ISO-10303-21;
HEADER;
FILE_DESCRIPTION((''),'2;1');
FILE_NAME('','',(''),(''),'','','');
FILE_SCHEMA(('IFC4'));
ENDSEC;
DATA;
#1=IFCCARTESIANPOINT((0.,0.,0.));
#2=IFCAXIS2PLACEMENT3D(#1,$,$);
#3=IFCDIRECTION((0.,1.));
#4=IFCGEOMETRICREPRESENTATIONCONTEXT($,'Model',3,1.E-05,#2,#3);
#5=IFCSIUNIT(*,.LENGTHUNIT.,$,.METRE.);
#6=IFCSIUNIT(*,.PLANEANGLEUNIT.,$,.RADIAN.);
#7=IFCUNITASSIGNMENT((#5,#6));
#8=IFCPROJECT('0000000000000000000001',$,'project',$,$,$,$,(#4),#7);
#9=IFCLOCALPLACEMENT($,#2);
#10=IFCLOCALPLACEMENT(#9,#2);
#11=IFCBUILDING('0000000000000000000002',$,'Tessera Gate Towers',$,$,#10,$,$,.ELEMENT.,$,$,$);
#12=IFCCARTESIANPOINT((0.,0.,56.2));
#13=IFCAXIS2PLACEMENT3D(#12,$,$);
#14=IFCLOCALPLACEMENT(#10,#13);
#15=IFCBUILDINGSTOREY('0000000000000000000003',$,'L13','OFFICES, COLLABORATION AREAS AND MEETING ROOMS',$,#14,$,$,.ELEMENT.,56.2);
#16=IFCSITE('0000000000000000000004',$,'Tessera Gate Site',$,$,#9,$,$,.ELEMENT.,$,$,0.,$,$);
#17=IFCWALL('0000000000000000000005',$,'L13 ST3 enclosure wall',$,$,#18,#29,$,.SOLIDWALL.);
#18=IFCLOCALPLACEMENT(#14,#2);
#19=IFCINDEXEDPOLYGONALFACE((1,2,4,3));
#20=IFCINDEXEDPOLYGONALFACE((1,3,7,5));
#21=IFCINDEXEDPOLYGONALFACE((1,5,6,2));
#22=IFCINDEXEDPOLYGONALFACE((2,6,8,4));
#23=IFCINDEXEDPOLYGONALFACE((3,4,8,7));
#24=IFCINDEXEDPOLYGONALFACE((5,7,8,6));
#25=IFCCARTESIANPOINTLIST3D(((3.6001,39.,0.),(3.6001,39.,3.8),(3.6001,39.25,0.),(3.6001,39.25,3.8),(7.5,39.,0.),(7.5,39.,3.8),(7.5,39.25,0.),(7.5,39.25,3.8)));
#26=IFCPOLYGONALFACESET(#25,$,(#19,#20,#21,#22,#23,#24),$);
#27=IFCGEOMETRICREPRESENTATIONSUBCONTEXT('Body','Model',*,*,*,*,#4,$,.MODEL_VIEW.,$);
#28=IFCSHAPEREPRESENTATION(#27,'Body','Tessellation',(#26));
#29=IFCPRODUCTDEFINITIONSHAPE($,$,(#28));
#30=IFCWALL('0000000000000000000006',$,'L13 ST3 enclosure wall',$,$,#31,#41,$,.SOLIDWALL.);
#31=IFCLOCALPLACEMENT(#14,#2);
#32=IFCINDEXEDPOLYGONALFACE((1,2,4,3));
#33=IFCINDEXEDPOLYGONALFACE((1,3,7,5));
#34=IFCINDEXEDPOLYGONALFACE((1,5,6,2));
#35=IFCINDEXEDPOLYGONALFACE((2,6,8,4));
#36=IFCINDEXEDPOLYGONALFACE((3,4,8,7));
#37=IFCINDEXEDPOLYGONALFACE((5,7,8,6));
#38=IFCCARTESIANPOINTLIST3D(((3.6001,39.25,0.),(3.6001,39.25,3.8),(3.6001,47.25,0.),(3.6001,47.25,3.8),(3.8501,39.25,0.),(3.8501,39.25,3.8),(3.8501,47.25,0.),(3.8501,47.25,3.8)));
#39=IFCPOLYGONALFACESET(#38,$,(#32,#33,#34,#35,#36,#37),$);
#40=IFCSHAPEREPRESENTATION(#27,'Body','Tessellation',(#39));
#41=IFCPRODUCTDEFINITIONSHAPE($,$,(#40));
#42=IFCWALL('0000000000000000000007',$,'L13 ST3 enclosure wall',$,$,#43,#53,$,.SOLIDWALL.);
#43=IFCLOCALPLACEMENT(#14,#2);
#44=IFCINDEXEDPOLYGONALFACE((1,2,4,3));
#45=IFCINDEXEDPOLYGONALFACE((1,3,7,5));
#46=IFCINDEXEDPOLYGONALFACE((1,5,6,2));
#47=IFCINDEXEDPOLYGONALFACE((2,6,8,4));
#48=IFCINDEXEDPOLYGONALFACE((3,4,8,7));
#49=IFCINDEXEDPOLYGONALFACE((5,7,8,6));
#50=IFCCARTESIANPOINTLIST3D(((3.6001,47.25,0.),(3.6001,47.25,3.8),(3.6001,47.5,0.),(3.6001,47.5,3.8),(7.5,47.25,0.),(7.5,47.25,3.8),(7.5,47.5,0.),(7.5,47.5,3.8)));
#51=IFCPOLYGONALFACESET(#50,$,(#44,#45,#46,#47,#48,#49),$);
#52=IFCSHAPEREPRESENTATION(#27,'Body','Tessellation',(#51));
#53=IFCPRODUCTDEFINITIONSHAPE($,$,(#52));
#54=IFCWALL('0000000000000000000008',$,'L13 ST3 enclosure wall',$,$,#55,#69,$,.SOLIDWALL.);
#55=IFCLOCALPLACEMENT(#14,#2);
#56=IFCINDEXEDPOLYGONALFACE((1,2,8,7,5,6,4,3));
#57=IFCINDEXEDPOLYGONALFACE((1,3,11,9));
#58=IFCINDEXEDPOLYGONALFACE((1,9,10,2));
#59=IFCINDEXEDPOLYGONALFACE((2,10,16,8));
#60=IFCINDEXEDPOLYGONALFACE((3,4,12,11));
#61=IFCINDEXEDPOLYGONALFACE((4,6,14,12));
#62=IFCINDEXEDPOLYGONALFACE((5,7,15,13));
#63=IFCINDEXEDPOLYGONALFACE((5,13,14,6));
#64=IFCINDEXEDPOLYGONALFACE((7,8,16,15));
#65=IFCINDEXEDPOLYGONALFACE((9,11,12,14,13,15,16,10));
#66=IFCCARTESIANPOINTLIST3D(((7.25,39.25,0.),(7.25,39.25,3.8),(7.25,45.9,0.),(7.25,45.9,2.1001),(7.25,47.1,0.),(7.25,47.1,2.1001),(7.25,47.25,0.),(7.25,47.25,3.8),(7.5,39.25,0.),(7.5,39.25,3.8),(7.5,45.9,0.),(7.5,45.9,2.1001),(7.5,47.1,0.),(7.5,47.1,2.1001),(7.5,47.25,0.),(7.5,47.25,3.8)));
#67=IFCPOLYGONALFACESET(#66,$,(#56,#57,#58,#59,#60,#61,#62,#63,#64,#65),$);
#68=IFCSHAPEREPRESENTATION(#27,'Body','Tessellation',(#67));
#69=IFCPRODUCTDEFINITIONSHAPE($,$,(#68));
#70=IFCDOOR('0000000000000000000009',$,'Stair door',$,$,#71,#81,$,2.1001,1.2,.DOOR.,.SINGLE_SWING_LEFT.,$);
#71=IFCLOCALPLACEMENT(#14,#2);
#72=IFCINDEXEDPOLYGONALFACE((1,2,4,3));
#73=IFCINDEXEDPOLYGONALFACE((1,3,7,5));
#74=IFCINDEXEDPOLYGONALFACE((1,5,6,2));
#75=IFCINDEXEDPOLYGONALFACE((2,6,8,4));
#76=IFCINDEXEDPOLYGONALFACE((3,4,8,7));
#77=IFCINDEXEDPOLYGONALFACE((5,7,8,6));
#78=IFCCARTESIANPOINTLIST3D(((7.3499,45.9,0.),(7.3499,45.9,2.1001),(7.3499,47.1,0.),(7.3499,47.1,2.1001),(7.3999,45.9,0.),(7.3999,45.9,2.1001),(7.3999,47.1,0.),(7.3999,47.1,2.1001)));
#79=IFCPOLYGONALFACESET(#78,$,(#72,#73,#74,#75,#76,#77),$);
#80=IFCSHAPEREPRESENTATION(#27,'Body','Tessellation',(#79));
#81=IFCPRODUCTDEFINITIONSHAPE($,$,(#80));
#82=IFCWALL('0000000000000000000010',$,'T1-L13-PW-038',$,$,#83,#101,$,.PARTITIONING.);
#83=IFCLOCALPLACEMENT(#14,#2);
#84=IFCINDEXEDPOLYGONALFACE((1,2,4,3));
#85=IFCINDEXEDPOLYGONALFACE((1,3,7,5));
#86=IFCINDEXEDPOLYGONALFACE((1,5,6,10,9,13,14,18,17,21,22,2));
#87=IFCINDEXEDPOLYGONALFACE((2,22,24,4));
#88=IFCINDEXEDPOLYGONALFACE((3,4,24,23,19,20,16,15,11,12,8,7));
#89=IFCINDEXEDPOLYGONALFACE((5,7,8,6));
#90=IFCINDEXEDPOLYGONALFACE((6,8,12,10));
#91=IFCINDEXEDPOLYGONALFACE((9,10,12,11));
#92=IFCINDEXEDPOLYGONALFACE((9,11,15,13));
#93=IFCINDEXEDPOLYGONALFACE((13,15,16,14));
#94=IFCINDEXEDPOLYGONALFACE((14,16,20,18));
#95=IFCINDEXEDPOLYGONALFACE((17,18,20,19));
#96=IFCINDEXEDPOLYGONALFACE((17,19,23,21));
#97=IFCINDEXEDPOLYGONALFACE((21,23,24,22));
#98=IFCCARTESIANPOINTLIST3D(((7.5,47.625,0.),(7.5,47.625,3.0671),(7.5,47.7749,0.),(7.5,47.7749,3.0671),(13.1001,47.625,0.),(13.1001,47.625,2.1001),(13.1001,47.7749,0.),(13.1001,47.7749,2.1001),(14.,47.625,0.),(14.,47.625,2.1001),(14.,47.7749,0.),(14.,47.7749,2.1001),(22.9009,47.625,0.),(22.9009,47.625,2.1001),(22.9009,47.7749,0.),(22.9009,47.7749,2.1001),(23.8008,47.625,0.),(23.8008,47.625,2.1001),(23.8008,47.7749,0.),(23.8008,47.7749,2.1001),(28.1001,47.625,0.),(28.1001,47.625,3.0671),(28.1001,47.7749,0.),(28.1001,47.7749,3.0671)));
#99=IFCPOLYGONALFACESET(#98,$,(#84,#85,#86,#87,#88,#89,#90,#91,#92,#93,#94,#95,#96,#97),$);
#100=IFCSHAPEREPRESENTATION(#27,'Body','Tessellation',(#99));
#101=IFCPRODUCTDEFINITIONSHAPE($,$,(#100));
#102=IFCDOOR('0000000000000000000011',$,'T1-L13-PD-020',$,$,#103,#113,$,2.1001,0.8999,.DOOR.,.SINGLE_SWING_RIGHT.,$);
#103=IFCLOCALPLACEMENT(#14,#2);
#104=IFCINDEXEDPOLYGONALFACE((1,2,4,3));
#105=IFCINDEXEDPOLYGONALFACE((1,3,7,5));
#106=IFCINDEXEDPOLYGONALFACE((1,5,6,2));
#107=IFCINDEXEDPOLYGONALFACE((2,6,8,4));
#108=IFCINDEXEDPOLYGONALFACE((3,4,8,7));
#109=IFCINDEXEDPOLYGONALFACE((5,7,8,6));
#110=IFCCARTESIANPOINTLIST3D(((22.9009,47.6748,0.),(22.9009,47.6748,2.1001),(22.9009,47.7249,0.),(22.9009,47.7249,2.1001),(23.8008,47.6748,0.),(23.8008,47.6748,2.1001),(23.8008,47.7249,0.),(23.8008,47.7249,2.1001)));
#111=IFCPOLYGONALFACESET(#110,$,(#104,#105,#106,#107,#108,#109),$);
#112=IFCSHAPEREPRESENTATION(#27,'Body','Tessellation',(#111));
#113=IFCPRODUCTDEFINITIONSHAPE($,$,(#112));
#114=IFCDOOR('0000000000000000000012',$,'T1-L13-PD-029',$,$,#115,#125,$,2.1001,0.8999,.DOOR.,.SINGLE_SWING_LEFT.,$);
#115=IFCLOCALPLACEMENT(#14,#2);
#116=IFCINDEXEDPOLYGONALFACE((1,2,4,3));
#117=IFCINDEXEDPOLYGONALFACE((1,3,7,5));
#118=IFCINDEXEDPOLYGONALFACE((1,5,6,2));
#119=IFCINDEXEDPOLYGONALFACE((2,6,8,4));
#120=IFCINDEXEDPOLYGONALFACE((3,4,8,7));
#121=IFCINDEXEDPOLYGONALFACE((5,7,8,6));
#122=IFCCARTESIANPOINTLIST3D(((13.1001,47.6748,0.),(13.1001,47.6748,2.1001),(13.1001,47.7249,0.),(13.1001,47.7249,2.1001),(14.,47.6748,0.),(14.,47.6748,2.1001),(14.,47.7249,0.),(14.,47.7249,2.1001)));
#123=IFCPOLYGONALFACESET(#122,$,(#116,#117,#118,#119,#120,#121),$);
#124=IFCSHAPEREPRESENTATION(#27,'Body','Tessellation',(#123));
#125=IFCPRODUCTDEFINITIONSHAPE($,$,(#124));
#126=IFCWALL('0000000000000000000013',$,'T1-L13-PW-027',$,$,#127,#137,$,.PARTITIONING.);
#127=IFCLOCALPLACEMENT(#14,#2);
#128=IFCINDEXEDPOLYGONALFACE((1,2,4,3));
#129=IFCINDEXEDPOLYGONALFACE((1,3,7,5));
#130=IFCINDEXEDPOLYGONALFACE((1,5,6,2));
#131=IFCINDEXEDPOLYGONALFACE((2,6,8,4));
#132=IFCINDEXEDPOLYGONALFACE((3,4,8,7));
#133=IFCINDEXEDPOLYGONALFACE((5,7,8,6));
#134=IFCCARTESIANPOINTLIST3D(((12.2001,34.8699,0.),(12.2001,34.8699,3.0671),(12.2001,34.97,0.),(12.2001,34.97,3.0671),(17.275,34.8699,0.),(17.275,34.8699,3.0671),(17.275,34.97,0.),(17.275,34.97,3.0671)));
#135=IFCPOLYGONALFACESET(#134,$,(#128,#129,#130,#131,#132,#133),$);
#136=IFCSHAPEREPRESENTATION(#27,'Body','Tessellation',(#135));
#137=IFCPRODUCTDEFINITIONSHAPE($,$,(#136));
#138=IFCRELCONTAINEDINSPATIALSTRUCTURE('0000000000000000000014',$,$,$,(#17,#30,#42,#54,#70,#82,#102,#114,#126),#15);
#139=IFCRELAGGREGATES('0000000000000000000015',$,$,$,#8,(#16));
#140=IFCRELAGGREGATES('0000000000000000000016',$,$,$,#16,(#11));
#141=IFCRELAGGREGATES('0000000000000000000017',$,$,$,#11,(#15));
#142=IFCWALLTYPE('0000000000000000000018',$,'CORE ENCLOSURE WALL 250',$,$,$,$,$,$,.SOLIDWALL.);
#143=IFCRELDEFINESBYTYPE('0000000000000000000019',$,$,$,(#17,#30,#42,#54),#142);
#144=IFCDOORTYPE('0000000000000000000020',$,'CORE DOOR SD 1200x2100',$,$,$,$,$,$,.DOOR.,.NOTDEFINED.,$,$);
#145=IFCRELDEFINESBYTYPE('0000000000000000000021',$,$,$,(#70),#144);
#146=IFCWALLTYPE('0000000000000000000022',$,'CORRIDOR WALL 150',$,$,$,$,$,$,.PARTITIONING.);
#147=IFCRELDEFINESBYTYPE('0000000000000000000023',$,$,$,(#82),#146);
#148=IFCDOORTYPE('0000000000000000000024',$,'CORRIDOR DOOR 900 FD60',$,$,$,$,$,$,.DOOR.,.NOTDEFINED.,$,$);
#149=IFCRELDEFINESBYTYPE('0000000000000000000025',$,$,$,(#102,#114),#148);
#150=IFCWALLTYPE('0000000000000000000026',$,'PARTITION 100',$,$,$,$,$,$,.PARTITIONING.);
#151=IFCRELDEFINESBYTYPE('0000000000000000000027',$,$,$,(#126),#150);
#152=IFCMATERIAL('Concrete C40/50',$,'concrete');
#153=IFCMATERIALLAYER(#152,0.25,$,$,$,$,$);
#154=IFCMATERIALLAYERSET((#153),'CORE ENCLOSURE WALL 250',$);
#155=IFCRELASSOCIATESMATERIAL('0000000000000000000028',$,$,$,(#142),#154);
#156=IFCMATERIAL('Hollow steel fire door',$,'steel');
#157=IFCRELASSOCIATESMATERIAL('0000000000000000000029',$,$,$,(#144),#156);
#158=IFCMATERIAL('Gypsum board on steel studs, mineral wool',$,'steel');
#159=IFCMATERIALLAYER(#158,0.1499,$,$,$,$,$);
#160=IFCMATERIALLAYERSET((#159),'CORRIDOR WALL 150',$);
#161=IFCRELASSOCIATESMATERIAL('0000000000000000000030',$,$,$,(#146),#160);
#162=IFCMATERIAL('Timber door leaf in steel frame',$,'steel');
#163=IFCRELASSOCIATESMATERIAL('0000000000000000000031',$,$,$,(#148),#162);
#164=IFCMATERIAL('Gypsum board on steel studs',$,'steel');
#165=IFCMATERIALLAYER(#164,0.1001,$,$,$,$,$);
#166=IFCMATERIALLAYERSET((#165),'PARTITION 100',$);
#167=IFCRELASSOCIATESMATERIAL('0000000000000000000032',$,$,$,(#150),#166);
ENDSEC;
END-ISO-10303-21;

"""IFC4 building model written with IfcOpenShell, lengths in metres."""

from ifc_helpers import new_model, si_unit, direction, frame, frame_2d, origin, place, context, subcontext, project, spatial, rectangle, extrude, source, transform, mapped, material, layer, layer_set, type_object, element, fill, save


model = new_model("IFC4")

# Units and contexts
model_context = context("Model", 3, precision=1e-05, world=origin(), true_north=direction((0.0, 1.0)))
body_context = subcontext(model_context, "Body", "Model", "MODEL_VIEW")
ifc_project = project(units=[si_unit("LENGTHUNIT", "METRE"), si_unit("PLANEANGLEUNIT", "RADIAN")], contexts=[model_context])

# Site, building, storey
site_placement = place(None, origin())
site = spatial("IfcSite", under=ifc_project, at=site_placement, Name="Tessera Gate Site", CompositionType="ELEMENT", RefElevation=0.0)
building_placement = place(site_placement, origin())
building = spatial("IfcBuilding", under=site, at=building_placement, Name="Tessera Gate Towers", CompositionType="ELEMENT")
storey_placement = place(building_placement, frame((0.0, 0.0, 56.2)))
storey = spatial("IfcBuildingStorey", under=building, at=storey_placement, Name="L13", Description="OFFICES, COLLABORATION AREAS AND MEETING ROOMS", CompositionType="ELEMENT", Elevation=56.2)

# Walls
ifc_material_1 = material(Name="Concrete C40/50", Category="concrete")
ifc_layer_1 = layer(ifc_material_1, 0.25)
ifc_layer_set_1 = layer_set([ifc_layer_1], Name="CORE ENCLOSURE WALL 250")
wall_type_1 = type_object("IfcWallType", Name="CORE ENCLOSURE WALL 250", PredefinedType="SOLIDWALL", material=ifc_layer_set_1)
wall_1_placement = place(storey_placement, frame((7.5, 39.125, 0.0), z_axis=(0.0, 0.0, 1.0), x_axis=(-1.0, 0.0, 0.0)))
element("IfcWall", 1, at=wall_1_placement, inside=storey, type_object=wall_type_1, Name="L13 ST3 enclosure wall", PredefinedType="SOLIDWALL", context=body_context, shape_type="SweptSolid", body=[
    extrude(rectangle(XDim=3.8999, YDim=0.25, at=frame_2d((1.95, 0.0))), origin(), (0.0, 0.0, 1.0), 3.8),
])
wall_2_placement = place(storey_placement, frame((3.7251, 39.25, 0.0), z_axis=(0.0, 0.0, 1.0), x_axis=(0.0, 1.0, 0.0)))
element("IfcWall", 2, at=wall_2_placement, inside=storey, type_object=wall_type_1, Name="L13 ST3 enclosure wall", PredefinedType="SOLIDWALL", context=body_context, shape_type="SweptSolid", body=[
    extrude(rectangle(XDim=8.0, YDim=0.25, at=frame_2d((4.0, 0.0))), origin(), (0.0, 0.0, 1.0), 3.8),
])
wall_3_placement = place(storey_placement, frame((3.6001, 47.375, 0.0), z_axis=(0.0, 0.0, 1.0), x_axis=(1.0, 0.0, 0.0)))
element("IfcWall", 3, at=wall_3_placement, inside=storey, type_object=wall_type_1, Name="L13 ST3 enclosure wall", PredefinedType="SOLIDWALL", context=body_context, shape_type="SweptSolid", body=[
    extrude(rectangle(XDim=3.8999, YDim=0.25, at=frame_2d((1.95, 0.0))), origin(), (0.0, 0.0, 1.0), 3.8),
])

# Wall, opening, door
wall_4_placement = place(storey_placement, frame((7.375, 47.25, 0.0), z_axis=(0.0, 0.0, 1.0), x_axis=(0.0, -1.0, 0.0)))
wall_4 = element("IfcWall", 4, at=wall_4_placement, inside=storey, type_object=wall_type_1, Name="L13 ST3 enclosure wall", PredefinedType="SOLIDWALL", context=body_context, shape_type="SweptSolid", body=[
    extrude(rectangle(XDim=8.0, YDim=0.25, at=frame_2d((4.0, 0.0))), origin(), (0.0, 0.0, 1.0), 3.8),
])
shared_shape_1 = source(origin(), body_context, "Body", "SweptSolid", [
    extrude(rectangle(XDim=1.2, YDim=2.1001, at=frame_2d((0.6001, 1.05))), frame((0.0, 0.135, 0.0), z_axis=(0.0, -1.0, 0.0), x_axis=(1.0, 0.0, 0.0)), (0.0, 0.0, 1.0), 0.27),
])
opening_1_placement = place(wall_4_placement, frame((0.1499, 0.0, 0.0)))
opening_1 = element("IfcOpeningElement", 5, at=opening_1_placement, cuts=wall_4, PredefinedType="OPENING", context=body_context, shape_type="MappedRepresentation", body=[
    mapped(shared_shape_1, transform((0.0, 0.0, 0.0), scale=1.0)),
])
ifc_material_2 = material(Name="Hollow steel fire door", Category="steel")
door_type_1 = type_object("IfcDoorType", Name="CORE DOOR SD 1200x2100", OperationType="NOTDEFINED", PredefinedType="DOOR", material=ifc_material_2)
shared_shape_2 = source(origin(), body_context, "Body", "SweptSolid", [
    extrude(rectangle(XDim=1.2, YDim=2.1001, at=frame_2d((0.6001, 1.05))), frame((0.0, 0.0249, 0.0), z_axis=(0.0, -1.0, 0.0), x_axis=(1.0, 0.0, 0.0)), (0.0, 0.0, 1.0), 0.05),
])
door_1_placement = place(opening_1_placement, origin())
door_1 = element("IfcDoor", 6, at=door_1_placement, inside=storey, type_object=door_type_1, Name="Stair door", OperationType="SINGLE_SWING_LEFT", OverallHeight=2.1001, OverallWidth=1.2, PredefinedType="DOOR", context=body_context, shape_type="MappedRepresentation", body=[
    mapped(shared_shape_2, transform((0.0, 0.0, 0.0), scale=1.0)),
])
fill(opening_1, door_1)

# Wall, openings, doors
ifc_material_3 = material(Name="Gypsum board on steel studs, mineral wool", Category="steel")
ifc_layer_2 = layer(ifc_material_3, 0.1499)
ifc_layer_set_2 = layer_set([ifc_layer_2], Name="CORRIDOR WALL 150")
wall_type_2 = type_object("IfcWallType", Name="CORRIDOR WALL 150", PredefinedType="PARTITIONING", material=ifc_layer_set_2)
wall_5_placement = place(storey_placement, frame((7.5, 47.7, 0.0), z_axis=(0.0, 0.0, 1.0), x_axis=(1.0, 0.0, 0.0)))
wall_5 = element("IfcWall", 7, at=wall_5_placement, inside=storey, type_object=wall_type_2, Name="T1-L13-PW-038", PredefinedType="PARTITIONING", context=body_context, shape_type="SweptSolid", body=[
    extrude(rectangle(XDim=20.6001, YDim=0.1499, at=frame_2d((10.3, 0.0))), origin(), (0.0, 0.0, 1.0), 3.0671),
])
shared_shape_3 = source(origin(), body_context, "Body", "SweptSolid", [
    extrude(rectangle(XDim=0.8999, YDim=2.1001, at=frame_2d((0.45, 1.05))), frame((0.0, 0.085, 0.0), z_axis=(0.0, -1.0, 0.0), x_axis=(1.0, 0.0, 0.0)), (0.0, 0.0, 1.0), 0.1699),
])
opening_2_placement = place(wall_5_placement, frame((15.4009, 0.0, 0.0)))
opening_2 = element("IfcOpeningElement", 8, at=opening_2_placement, cuts=wall_5, PredefinedType="OPENING", context=body_context, shape_type="MappedRepresentation", body=[
    mapped(shared_shape_3, transform((0.0, 0.0, 0.0), scale=1.0)),
])
opening_3_placement = place(wall_5_placement, frame((5.6001, 0.0, 0.0)))
opening_3 = element("IfcOpeningElement", 9, at=opening_3_placement, cuts=wall_5, PredefinedType="OPENING", context=body_context, shape_type="MappedRepresentation", body=[
    mapped(shared_shape_3, transform((0.0, 0.0, 0.0), scale=1.0)),
])
ifc_material_4 = material(Name="Timber door leaf in steel frame", Category="steel")
door_type_2 = type_object("IfcDoorType", Name="CORRIDOR DOOR 900 FD60", OperationType="NOTDEFINED", PredefinedType="DOOR", material=ifc_material_4)
shared_shape_4 = source(origin(), body_context, "Body", "SweptSolid", [
    extrude(rectangle(XDim=0.8999, YDim=2.1001, at=frame_2d((0.45, 1.05))), frame((0.0, 0.0249, 0.0), z_axis=(0.0, -1.0, 0.0), x_axis=(1.0, 0.0, 0.0)), (0.0, 0.0, 1.0), 0.05),
])
door_2_placement = place(opening_2_placement, origin())
door_2 = element("IfcDoor", 10, at=door_2_placement, inside=storey, type_object=door_type_2, Name="T1-L13-PD-020", OperationType="SINGLE_SWING_RIGHT", OverallHeight=2.1001, OverallWidth=0.8999, PredefinedType="DOOR", context=body_context, shape_type="MappedRepresentation", body=[
    mapped(shared_shape_4, transform((0.0, 0.0, 0.0), scale=1.0)),
])
fill(opening_2, door_2)
door_3_placement = place(opening_3_placement, origin())
door_3 = element("IfcDoor", 11, at=door_3_placement, inside=storey, type_object=door_type_2, Name="T1-L13-PD-029", OperationType="SINGLE_SWING_LEFT", OverallHeight=2.1001, OverallWidth=0.8999, PredefinedType="DOOR", context=body_context, shape_type="MappedRepresentation", body=[
    mapped(shared_shape_4, transform((0.0, 0.0, 0.0), scale=1.0)),
])
fill(opening_3, door_3)

# Wall
ifc_material_5 = material(Name="Gypsum board on steel studs", Category="steel")
ifc_layer_3 = layer(ifc_material_5, 0.1001)
ifc_layer_set_3 = layer_set([ifc_layer_3], Name="PARTITION 100")
wall_type_3 = type_object("IfcWallType", Name="PARTITION 100", PredefinedType="PARTITIONING", material=ifc_layer_set_3)
wall_6_placement = place(storey_placement, frame((12.2, 34.9199, 0.0), z_axis=(0.0, 0.0, 1.0), x_axis=(1.0, 0.0, 0.0)))
element("IfcWall", 12, at=wall_6_placement, inside=storey, type_object=wall_type_3, Name="T1-L13-PW-027", PredefinedType="PARTITIONING", context=body_context, shape_type="SweptSolid", body=[
    extrude(rectangle(XDim=5.075, YDim=0.1001, at=frame_2d((2.5376, 0.0))), origin(), (0.0, 0.0, 1.0), 3.0671),
])

save(model, "model.ifc")
